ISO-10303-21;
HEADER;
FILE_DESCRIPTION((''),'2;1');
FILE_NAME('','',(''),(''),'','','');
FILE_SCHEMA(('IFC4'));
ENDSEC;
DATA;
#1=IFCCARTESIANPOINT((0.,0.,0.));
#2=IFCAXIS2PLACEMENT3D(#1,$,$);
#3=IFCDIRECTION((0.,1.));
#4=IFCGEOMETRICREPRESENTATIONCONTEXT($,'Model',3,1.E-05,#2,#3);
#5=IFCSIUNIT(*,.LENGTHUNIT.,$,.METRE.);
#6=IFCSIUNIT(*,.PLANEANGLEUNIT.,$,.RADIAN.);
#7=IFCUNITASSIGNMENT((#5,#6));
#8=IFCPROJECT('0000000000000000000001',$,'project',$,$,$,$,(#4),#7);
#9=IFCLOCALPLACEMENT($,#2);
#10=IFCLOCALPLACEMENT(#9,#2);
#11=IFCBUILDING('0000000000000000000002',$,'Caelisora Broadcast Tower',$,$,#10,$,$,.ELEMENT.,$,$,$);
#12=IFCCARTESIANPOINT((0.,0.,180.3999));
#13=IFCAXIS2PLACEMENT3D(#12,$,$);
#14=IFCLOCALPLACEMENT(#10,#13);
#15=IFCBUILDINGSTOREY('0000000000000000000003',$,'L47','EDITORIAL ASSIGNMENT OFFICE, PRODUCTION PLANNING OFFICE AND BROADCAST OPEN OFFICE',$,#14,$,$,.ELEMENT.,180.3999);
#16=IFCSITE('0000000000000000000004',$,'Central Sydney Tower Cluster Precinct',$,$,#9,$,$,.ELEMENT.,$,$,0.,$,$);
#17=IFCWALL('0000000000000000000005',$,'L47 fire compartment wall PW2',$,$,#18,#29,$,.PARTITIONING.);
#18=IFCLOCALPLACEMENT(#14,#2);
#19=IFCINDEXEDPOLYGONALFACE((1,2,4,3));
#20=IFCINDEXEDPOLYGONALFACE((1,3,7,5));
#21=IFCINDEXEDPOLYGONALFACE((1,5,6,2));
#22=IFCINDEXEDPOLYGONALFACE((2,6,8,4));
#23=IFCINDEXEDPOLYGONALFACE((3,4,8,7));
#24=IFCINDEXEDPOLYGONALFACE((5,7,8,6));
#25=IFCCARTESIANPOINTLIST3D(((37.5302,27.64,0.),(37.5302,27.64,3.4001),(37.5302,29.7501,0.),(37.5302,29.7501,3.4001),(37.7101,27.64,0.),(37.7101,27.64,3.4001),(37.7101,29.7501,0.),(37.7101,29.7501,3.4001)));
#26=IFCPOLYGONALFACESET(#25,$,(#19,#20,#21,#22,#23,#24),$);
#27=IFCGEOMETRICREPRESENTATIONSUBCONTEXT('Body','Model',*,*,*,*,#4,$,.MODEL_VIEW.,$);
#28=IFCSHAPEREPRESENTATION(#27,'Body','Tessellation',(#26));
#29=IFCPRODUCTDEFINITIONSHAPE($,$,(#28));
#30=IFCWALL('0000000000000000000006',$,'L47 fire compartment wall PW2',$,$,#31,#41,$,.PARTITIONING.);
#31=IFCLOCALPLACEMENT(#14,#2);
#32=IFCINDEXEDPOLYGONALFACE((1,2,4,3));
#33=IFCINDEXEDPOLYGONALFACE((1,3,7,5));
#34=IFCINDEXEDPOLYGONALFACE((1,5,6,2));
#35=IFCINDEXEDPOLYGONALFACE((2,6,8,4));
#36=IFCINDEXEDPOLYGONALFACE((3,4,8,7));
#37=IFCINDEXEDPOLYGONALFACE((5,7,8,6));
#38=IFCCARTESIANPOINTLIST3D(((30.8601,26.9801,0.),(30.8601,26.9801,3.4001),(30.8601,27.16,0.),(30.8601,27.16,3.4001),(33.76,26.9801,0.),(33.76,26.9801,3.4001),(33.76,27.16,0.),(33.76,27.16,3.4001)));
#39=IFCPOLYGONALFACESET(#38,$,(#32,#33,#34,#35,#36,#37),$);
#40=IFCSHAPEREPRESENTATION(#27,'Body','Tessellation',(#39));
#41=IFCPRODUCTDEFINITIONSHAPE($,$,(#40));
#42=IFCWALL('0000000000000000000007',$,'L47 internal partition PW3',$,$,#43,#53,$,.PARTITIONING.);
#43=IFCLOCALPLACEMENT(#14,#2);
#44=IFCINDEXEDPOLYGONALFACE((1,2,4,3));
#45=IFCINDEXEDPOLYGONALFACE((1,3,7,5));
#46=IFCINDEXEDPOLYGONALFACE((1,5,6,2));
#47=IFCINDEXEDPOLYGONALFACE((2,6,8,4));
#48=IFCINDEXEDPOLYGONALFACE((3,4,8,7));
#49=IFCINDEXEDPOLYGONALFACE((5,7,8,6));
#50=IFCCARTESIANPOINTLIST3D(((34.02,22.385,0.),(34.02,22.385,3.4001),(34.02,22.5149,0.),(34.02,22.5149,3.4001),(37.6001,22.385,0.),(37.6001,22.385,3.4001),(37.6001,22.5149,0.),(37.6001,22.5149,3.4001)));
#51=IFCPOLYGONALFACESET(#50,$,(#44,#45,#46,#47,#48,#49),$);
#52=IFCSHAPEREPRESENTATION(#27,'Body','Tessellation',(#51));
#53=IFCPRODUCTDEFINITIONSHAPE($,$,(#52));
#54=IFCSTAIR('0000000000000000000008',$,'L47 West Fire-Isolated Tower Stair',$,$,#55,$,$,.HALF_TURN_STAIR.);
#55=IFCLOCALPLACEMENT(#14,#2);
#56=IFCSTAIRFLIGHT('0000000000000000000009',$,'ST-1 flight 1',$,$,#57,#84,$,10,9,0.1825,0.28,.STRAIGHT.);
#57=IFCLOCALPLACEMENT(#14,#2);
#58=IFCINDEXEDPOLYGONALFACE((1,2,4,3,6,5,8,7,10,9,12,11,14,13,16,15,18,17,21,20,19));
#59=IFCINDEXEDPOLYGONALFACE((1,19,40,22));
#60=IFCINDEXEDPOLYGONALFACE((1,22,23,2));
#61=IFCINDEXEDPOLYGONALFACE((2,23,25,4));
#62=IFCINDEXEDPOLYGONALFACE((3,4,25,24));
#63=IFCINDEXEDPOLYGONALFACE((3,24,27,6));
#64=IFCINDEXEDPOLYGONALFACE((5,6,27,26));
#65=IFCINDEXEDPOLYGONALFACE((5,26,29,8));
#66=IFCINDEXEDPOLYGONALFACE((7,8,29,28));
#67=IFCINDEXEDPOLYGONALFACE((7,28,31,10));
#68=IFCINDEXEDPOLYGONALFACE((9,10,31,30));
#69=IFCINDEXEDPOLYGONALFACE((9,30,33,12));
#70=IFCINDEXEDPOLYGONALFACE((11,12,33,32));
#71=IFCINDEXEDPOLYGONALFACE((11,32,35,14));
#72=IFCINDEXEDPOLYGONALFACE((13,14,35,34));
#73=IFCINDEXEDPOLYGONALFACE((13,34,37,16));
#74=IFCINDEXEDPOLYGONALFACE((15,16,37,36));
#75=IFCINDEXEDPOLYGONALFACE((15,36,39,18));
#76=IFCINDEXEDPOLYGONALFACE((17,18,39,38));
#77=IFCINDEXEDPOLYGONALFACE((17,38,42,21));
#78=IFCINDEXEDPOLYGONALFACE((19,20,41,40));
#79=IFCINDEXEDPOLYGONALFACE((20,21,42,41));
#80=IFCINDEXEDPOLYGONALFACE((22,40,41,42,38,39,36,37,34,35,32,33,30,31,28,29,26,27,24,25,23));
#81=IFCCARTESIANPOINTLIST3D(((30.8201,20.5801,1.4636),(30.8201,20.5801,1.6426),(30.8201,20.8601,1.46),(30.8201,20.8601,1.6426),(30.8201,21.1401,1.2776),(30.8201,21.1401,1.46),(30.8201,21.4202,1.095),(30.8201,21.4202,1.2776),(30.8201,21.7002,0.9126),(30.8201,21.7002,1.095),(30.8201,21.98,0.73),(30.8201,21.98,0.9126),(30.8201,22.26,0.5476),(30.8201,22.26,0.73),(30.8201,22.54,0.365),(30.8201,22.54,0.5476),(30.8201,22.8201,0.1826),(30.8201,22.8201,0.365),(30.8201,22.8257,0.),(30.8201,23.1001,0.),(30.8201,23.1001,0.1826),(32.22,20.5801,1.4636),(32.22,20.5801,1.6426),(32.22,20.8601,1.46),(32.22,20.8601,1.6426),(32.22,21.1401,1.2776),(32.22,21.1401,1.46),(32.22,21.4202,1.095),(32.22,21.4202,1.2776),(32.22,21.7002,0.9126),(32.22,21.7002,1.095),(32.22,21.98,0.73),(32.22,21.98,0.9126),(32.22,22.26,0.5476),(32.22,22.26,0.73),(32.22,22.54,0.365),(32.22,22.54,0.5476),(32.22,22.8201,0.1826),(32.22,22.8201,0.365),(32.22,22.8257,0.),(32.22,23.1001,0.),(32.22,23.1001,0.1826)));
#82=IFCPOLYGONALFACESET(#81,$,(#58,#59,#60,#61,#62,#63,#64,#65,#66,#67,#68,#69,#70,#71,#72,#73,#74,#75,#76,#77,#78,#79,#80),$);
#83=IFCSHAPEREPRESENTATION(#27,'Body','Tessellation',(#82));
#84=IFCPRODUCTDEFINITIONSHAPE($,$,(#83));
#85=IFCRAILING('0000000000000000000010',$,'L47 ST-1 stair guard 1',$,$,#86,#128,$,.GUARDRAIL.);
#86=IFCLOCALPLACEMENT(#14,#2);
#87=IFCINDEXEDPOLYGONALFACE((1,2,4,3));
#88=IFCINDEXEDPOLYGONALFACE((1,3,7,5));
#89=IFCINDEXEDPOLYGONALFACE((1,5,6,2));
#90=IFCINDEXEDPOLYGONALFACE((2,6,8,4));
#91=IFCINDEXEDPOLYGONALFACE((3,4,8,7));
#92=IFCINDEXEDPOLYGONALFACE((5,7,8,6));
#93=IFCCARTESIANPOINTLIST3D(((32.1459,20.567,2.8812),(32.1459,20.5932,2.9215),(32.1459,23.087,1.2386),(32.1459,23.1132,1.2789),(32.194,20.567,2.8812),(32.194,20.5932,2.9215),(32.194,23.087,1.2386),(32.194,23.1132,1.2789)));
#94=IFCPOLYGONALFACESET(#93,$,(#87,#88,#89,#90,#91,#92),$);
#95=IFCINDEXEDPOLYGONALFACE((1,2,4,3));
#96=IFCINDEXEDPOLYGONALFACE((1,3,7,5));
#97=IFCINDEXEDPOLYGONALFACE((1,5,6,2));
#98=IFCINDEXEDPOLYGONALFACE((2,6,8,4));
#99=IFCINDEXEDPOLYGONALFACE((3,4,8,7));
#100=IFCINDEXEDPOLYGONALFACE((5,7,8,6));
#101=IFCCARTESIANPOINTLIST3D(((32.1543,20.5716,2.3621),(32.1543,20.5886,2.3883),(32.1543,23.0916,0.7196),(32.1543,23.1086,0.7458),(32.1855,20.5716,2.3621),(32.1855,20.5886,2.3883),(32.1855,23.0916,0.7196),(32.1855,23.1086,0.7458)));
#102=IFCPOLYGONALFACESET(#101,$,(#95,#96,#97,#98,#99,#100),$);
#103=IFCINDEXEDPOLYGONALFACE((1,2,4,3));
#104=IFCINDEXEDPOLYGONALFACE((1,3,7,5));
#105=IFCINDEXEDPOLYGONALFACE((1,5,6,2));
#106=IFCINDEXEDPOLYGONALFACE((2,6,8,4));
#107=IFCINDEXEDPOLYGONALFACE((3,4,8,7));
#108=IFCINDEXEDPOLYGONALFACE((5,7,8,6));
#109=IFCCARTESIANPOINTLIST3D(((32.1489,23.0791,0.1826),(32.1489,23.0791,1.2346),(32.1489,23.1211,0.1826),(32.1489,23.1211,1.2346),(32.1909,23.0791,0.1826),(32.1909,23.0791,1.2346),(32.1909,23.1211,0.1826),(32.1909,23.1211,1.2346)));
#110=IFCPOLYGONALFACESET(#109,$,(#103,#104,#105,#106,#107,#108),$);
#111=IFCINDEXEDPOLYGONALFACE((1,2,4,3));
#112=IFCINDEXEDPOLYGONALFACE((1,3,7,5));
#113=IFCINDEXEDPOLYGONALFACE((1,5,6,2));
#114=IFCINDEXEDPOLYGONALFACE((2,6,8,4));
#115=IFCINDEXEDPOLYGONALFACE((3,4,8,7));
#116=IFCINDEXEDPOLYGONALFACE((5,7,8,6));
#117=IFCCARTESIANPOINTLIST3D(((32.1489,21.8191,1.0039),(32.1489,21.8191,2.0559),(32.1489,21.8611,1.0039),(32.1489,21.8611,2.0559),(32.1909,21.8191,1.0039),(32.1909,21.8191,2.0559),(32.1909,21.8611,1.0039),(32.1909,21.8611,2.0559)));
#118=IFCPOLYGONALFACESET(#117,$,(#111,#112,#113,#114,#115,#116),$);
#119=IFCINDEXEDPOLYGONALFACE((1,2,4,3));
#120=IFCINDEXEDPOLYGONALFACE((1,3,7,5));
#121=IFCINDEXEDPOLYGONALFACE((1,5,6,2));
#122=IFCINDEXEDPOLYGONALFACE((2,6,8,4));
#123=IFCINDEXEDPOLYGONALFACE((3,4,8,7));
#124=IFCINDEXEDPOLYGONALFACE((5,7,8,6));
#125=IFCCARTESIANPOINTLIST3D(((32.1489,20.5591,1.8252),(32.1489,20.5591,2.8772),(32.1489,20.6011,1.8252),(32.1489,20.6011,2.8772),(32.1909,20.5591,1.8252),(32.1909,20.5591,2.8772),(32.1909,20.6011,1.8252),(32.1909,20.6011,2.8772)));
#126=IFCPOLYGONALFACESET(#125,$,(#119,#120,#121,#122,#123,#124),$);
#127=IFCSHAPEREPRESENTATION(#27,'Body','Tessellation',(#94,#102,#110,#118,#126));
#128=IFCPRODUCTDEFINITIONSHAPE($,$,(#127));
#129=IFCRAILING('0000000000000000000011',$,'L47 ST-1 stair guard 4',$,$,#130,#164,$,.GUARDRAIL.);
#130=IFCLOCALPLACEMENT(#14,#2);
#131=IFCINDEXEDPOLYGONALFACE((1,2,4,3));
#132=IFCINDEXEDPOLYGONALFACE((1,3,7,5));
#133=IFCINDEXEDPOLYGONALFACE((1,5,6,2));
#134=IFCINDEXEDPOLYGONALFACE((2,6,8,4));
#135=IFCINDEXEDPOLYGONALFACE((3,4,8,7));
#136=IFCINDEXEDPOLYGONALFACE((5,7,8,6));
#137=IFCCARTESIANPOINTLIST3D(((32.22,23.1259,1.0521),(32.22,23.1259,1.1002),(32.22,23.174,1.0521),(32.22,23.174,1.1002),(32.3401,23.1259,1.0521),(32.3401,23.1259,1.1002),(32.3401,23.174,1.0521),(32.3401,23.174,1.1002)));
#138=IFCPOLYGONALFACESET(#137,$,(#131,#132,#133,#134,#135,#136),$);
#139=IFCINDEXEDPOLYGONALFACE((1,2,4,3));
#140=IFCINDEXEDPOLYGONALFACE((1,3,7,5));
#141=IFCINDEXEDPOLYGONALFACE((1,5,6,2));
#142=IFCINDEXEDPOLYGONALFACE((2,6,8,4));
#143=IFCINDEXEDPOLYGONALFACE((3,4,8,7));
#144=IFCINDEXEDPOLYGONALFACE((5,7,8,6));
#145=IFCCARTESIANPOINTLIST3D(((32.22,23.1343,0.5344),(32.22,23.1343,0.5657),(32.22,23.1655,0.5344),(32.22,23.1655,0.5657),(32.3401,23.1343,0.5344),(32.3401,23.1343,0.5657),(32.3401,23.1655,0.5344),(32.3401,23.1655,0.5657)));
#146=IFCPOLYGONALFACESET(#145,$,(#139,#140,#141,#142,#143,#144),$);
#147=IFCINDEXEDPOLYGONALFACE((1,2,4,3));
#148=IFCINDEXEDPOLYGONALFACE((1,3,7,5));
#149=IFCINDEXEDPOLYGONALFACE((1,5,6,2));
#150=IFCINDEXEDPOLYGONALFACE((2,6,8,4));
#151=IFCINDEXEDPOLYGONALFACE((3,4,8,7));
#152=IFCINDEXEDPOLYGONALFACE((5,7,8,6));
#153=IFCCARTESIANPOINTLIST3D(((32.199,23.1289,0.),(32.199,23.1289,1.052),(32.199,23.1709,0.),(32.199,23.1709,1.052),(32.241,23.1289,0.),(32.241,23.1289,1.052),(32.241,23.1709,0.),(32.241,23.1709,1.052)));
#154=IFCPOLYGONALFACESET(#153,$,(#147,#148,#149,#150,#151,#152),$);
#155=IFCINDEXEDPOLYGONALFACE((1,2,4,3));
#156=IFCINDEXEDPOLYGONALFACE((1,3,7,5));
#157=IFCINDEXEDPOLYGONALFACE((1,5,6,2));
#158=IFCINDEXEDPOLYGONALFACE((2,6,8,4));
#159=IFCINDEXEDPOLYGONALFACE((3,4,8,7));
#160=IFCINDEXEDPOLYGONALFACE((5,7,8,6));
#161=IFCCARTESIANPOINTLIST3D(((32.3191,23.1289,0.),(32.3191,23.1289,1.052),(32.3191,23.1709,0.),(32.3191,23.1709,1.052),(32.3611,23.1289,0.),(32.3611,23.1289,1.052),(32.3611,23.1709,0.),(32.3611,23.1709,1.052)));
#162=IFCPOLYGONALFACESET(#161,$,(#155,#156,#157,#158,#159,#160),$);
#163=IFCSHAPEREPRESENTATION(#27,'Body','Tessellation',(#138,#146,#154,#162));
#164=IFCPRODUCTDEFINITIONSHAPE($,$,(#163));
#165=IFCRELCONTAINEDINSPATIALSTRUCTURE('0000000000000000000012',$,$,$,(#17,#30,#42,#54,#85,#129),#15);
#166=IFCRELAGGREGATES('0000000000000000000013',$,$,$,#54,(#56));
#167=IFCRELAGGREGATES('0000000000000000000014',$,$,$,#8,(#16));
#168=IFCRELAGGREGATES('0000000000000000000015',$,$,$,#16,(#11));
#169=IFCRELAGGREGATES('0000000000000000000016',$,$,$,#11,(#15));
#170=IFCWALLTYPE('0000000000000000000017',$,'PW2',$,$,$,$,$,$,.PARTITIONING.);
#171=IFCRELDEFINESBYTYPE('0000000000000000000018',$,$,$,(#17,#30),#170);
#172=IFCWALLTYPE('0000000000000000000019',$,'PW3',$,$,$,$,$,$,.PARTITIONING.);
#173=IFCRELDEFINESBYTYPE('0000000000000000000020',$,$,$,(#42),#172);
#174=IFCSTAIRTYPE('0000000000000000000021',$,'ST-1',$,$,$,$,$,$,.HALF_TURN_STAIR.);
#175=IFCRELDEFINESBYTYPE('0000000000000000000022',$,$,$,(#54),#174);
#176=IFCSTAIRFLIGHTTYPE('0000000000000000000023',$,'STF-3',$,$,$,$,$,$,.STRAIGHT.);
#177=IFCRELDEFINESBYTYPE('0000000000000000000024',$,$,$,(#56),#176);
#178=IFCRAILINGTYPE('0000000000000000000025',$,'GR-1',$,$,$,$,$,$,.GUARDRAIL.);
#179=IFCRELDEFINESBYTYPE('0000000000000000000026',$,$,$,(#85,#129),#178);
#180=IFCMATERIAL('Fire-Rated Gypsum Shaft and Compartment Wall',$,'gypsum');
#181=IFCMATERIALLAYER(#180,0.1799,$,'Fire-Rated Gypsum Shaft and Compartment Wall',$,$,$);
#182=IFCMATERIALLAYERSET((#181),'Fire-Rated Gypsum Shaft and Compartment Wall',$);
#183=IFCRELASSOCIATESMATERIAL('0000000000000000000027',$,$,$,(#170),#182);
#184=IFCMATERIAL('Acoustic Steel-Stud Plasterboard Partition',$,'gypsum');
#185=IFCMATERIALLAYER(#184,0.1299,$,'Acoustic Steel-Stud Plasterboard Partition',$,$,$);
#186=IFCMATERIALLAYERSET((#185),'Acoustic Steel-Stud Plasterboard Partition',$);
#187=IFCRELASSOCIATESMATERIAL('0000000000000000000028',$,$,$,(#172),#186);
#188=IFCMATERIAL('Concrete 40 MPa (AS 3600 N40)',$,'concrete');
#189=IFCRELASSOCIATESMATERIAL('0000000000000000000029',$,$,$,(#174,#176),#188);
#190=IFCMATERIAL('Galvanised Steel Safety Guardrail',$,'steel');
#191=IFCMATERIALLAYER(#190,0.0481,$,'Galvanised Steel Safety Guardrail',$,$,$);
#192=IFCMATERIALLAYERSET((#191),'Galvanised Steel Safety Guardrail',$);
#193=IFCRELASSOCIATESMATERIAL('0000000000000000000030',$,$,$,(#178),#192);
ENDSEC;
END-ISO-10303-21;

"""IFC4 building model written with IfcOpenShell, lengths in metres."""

from ifc_helpers import new_model, si_unit, direction, frame, frame_2d, origin, origin_2d, place, context, subcontext, project, spatial, polyline, rectangle, outline, extrude, material, layer, layer_set, type_object, element, aggregate, save


model = new_model("IFC4")

# Units and contexts
model_context = context("Model", 3, precision=1e-05, world=origin(), true_north=direction((0.0, 1.0)))
body_context = subcontext(model_context, "Body", "Model", "MODEL_VIEW")
ifc_project = project(units=[si_unit("LENGTHUNIT", "METRE"), si_unit("PLANEANGLEUNIT", "RADIAN")], contexts=[model_context])

# Site, building, storey
site_placement = place(None, origin())
site = spatial("IfcSite", under=ifc_project, at=site_placement, Name="Central Sydney Tower Cluster Precinct", CompositionType="ELEMENT", RefElevation=0.0)
building_placement = place(site_placement, origin())
building = spatial("IfcBuilding", under=site, at=building_placement, Name="Caelisora Broadcast Tower", CompositionType="ELEMENT")
storey_placement = place(building_placement, frame((0.0, 0.0, 180.3999)))
storey = spatial("IfcBuildingStorey", under=building, at=storey_placement, Name="L47", Description="EDITORIAL ASSIGNMENT OFFICE, PRODUCTION PLANNING OFFICE AND BROADCAST OPEN OFFICE", CompositionType="ELEMENT", Elevation=180.3999)

# Shared definitions
ifc_material_1 = material(Name="Fire-Rated Gypsum Shaft and Compartment Wall", Category="gypsum")
ifc_layer_1 = layer(ifc_material_1, 0.1799, Name="Fire-Rated Gypsum Shaft and Compartment Wall")
ifc_layer_set_1 = layer_set([ifc_layer_1], Name="Fire-Rated Gypsum Shaft and Compartment Wall")
wall_type_1 = type_object("IfcWallType", Name="PW2", PredefinedType="PARTITIONING", material=ifc_layer_set_1)

# Walls
wall_1_placement = place(storey_placement, frame((37.6201, 27.6399, 0.0), z_axis=(0.0, 0.0, 1.0), x_axis=(0.0, 1.0, 0.0)))
element("IfcWall", 1, at=wall_1_placement, inside=storey, type_object=wall_type_1, Name="L47 fire compartment wall PW2", PredefinedType="PARTITIONING", context=body_context, shape_type="SweptSolid", body=[
    extrude(rectangle(XDim=2.1101, YDim=0.1799, at=frame_2d((1.0552, 0.0))), origin(), (0.0, 0.0, 1.0), 3.4001),
])
wall_2_placement = place(storey_placement, frame((30.8601, 27.0701, 0.0), z_axis=(0.0, 0.0, 1.0), x_axis=(1.0, 0.0, 0.0)))
element("IfcWall", 2, at=wall_2_placement, inside=storey, type_object=wall_type_1, Name="L47 fire compartment wall PW2", PredefinedType="PARTITIONING", context=body_context, shape_type="SweptSolid", body=[
    extrude(rectangle(XDim=2.8999, YDim=0.1799, at=frame_2d((1.45, 0.0))), origin(), (0.0, 0.0, 1.0), 3.4001),
])
ifc_material_2 = material(Name="Acoustic Steel-Stud Plasterboard Partition", Category="gypsum")
ifc_layer_2 = layer(ifc_material_2, 0.1299, Name="Acoustic Steel-Stud Plasterboard Partition")
ifc_layer_set_2 = layer_set([ifc_layer_2], Name="Acoustic Steel-Stud Plasterboard Partition")
wall_type_2 = type_object("IfcWallType", Name="PW3", PredefinedType="PARTITIONING", material=ifc_layer_set_2)
wall_3_placement = place(storey_placement, frame((34.02, 22.45, 0.0), z_axis=(0.0, 0.0, 1.0), x_axis=(1.0, 0.0, 0.0)))
element("IfcWall", 3, at=wall_3_placement, inside=storey, type_object=wall_type_2, Name="L47 internal partition PW3", PredefinedType="PARTITIONING", context=body_context, shape_type="SweptSolid", body=[
    extrude(rectangle(XDim=3.5801, YDim=0.1299, at=frame_2d((1.79, 0.0))), origin(), (0.0, 0.0, 1.0), 3.4001),
])

# Stair, stair flight
ifc_material_3 = material(Name="Concrete 40 MPa (AS 3600 N40)", Category="concrete")
stair_type = type_object("IfcStairType", Name="ST-1", PredefinedType="HALF_TURN_STAIR", material=ifc_material_3)
stair_placement = place(storey_placement, origin())
stair = element("IfcStair", 4, at=stair_placement, inside=storey, type_object=stair_type, Name="L47 West Fire-Isolated Tower Stair", PredefinedType="HALF_TURN_STAIR")
stair_flight_type = type_object("IfcStairFlightType", Name="STF-3", PredefinedType="STRAIGHT", material=ifc_material_3)
stair_flight_placement = place(storey_placement, frame((31.52, 23.1001, 0.0), z_axis=(0.0, 0.0, 1.0), x_axis=(0.0, -1.0, 0.0)))
stair_flight = element("IfcStairFlight", 5, at=stair_flight_placement, type_object=stair_flight_type, Name="ST-1 flight 1", NumberOfRisers=10, NumberOfTreads=9, PredefinedType="STRAIGHT", RiserHeight=0.1825, TreadLength=0.28, context=body_context, shape_type="SweptSolid", body=[
    extrude(outline(polyline([(0.0, 0.0), (0.0, 0.1826), (0.28, 0.1826), (0.28, 0.365), (0.5601, 0.365), (0.5601, 0.5476), (0.8401, 0.5476), (0.8401, 0.73), (1.1201, 0.73), (1.1201, 0.9126), (1.3999, 0.9126), (1.3999, 1.095), (1.6799, 1.095), (1.6799, 1.2776), (1.96, 1.2776), (1.96, 1.46), (2.24, 1.46), (2.24, 1.6426), (2.52, 1.6426), (2.52, 1.825), (2.52, 1.4636), (0.2744, 0.0), (0.0, 0.0)])), frame((0.0, 0.7, 0.0), z_axis=(0.0, -1.0, 0.0), x_axis=(1.0, 0.0, 0.0)), (0.0, 0.0, 1.0), 1.3999),
])
aggregate(stair, [stair_flight])

# Railings
ifc_material_4 = material(Name="Galvanised Steel Safety Guardrail", Category="steel")
ifc_layer_3 = layer(ifc_material_4, 0.0481, Name="Galvanised Steel Safety Guardrail")
ifc_layer_set_3 = layer_set([ifc_layer_3], Name="Galvanised Steel Safety Guardrail")
railing_type_1 = type_object("IfcRailingType", Name="GR-1", PredefinedType="GUARDRAIL", material=ifc_layer_set_3)
railing_1_placement = place(storey_placement, frame((32.1699, 23.1001, 0.1826)))
element("IfcRailing", 6, at=railing_1_placement, inside=storey, type_object=railing_type_1, Name="L47 ST-1 stair guard 1", PredefinedType="GUARDRAIL", context=body_context, shape_type="SweptSolid", body=[
    extrude(rectangle(XDim=0.0481, YDim=0.0481, at=origin_2d()), frame((0.0, 0.0, 1.0762), z_axis=(0.0, -0.837749, 0.546055), x_axis=(1.0, 0.0, 0.0)), (0.0, 0.0, 1.0), 3.0081),
    extrude(rectangle(XDim=0.0312, YDim=0.0312, at=origin_2d()), frame((0.0, 0.0, 0.55), z_axis=(0.0, -0.837749, 0.546055), x_axis=(1.0, 0.0, 0.0)), (0.0, 0.0, 1.0), 3.0081),
    extrude(rectangle(XDim=0.042, YDim=0.042, at=origin_2d()), origin(), (0.0, 0.0, 1.0), 1.052),
    extrude(rectangle(XDim=0.042, YDim=0.042, at=origin_2d()), frame((0.0, -1.26, 0.8213)), (0.0, 0.0, 1.0), 1.052),
    extrude(rectangle(XDim=0.042, YDim=0.042, at=origin_2d()), frame((0.0, -2.52, 1.6426)), (0.0, 0.0, 1.0), 1.052),
])
railing_2_placement = place(storey_placement, frame((32.22, 23.1499, 0.0)))
element("IfcRailing", 7, at=railing_2_placement, inside=storey, type_object=railing_type_1, Name="L47 ST-1 stair guard 4", PredefinedType="GUARDRAIL", context=body_context, shape_type="SweptSolid", body=[
    extrude(rectangle(XDim=0.0481, YDim=0.0481, at=origin_2d()), frame((0.0, 0.0, 1.0762), z_axis=(1.0, 0.0, 0.0), x_axis=(0.0, 1.0, 0.0)), (0.0, 0.0, 1.0), 0.1201),
    extrude(rectangle(XDim=0.0312, YDim=0.0312, at=origin_2d()), frame((0.0, 0.0, 0.55), z_axis=(1.0, 0.0, 0.0), x_axis=(0.0, 1.0, 0.0)), (0.0, 0.0, 1.0), 0.1201),
    extrude(rectangle(XDim=0.042, YDim=0.042, at=origin_2d()), origin(), (0.0, 0.0, 1.0), 1.052),
    extrude(rectangle(XDim=0.042, YDim=0.042, at=origin_2d()), frame((0.1201, 0.0, 0.0)), (0.0, 0.0, 1.0), 1.052),
])

save(model, "model.ifc")
